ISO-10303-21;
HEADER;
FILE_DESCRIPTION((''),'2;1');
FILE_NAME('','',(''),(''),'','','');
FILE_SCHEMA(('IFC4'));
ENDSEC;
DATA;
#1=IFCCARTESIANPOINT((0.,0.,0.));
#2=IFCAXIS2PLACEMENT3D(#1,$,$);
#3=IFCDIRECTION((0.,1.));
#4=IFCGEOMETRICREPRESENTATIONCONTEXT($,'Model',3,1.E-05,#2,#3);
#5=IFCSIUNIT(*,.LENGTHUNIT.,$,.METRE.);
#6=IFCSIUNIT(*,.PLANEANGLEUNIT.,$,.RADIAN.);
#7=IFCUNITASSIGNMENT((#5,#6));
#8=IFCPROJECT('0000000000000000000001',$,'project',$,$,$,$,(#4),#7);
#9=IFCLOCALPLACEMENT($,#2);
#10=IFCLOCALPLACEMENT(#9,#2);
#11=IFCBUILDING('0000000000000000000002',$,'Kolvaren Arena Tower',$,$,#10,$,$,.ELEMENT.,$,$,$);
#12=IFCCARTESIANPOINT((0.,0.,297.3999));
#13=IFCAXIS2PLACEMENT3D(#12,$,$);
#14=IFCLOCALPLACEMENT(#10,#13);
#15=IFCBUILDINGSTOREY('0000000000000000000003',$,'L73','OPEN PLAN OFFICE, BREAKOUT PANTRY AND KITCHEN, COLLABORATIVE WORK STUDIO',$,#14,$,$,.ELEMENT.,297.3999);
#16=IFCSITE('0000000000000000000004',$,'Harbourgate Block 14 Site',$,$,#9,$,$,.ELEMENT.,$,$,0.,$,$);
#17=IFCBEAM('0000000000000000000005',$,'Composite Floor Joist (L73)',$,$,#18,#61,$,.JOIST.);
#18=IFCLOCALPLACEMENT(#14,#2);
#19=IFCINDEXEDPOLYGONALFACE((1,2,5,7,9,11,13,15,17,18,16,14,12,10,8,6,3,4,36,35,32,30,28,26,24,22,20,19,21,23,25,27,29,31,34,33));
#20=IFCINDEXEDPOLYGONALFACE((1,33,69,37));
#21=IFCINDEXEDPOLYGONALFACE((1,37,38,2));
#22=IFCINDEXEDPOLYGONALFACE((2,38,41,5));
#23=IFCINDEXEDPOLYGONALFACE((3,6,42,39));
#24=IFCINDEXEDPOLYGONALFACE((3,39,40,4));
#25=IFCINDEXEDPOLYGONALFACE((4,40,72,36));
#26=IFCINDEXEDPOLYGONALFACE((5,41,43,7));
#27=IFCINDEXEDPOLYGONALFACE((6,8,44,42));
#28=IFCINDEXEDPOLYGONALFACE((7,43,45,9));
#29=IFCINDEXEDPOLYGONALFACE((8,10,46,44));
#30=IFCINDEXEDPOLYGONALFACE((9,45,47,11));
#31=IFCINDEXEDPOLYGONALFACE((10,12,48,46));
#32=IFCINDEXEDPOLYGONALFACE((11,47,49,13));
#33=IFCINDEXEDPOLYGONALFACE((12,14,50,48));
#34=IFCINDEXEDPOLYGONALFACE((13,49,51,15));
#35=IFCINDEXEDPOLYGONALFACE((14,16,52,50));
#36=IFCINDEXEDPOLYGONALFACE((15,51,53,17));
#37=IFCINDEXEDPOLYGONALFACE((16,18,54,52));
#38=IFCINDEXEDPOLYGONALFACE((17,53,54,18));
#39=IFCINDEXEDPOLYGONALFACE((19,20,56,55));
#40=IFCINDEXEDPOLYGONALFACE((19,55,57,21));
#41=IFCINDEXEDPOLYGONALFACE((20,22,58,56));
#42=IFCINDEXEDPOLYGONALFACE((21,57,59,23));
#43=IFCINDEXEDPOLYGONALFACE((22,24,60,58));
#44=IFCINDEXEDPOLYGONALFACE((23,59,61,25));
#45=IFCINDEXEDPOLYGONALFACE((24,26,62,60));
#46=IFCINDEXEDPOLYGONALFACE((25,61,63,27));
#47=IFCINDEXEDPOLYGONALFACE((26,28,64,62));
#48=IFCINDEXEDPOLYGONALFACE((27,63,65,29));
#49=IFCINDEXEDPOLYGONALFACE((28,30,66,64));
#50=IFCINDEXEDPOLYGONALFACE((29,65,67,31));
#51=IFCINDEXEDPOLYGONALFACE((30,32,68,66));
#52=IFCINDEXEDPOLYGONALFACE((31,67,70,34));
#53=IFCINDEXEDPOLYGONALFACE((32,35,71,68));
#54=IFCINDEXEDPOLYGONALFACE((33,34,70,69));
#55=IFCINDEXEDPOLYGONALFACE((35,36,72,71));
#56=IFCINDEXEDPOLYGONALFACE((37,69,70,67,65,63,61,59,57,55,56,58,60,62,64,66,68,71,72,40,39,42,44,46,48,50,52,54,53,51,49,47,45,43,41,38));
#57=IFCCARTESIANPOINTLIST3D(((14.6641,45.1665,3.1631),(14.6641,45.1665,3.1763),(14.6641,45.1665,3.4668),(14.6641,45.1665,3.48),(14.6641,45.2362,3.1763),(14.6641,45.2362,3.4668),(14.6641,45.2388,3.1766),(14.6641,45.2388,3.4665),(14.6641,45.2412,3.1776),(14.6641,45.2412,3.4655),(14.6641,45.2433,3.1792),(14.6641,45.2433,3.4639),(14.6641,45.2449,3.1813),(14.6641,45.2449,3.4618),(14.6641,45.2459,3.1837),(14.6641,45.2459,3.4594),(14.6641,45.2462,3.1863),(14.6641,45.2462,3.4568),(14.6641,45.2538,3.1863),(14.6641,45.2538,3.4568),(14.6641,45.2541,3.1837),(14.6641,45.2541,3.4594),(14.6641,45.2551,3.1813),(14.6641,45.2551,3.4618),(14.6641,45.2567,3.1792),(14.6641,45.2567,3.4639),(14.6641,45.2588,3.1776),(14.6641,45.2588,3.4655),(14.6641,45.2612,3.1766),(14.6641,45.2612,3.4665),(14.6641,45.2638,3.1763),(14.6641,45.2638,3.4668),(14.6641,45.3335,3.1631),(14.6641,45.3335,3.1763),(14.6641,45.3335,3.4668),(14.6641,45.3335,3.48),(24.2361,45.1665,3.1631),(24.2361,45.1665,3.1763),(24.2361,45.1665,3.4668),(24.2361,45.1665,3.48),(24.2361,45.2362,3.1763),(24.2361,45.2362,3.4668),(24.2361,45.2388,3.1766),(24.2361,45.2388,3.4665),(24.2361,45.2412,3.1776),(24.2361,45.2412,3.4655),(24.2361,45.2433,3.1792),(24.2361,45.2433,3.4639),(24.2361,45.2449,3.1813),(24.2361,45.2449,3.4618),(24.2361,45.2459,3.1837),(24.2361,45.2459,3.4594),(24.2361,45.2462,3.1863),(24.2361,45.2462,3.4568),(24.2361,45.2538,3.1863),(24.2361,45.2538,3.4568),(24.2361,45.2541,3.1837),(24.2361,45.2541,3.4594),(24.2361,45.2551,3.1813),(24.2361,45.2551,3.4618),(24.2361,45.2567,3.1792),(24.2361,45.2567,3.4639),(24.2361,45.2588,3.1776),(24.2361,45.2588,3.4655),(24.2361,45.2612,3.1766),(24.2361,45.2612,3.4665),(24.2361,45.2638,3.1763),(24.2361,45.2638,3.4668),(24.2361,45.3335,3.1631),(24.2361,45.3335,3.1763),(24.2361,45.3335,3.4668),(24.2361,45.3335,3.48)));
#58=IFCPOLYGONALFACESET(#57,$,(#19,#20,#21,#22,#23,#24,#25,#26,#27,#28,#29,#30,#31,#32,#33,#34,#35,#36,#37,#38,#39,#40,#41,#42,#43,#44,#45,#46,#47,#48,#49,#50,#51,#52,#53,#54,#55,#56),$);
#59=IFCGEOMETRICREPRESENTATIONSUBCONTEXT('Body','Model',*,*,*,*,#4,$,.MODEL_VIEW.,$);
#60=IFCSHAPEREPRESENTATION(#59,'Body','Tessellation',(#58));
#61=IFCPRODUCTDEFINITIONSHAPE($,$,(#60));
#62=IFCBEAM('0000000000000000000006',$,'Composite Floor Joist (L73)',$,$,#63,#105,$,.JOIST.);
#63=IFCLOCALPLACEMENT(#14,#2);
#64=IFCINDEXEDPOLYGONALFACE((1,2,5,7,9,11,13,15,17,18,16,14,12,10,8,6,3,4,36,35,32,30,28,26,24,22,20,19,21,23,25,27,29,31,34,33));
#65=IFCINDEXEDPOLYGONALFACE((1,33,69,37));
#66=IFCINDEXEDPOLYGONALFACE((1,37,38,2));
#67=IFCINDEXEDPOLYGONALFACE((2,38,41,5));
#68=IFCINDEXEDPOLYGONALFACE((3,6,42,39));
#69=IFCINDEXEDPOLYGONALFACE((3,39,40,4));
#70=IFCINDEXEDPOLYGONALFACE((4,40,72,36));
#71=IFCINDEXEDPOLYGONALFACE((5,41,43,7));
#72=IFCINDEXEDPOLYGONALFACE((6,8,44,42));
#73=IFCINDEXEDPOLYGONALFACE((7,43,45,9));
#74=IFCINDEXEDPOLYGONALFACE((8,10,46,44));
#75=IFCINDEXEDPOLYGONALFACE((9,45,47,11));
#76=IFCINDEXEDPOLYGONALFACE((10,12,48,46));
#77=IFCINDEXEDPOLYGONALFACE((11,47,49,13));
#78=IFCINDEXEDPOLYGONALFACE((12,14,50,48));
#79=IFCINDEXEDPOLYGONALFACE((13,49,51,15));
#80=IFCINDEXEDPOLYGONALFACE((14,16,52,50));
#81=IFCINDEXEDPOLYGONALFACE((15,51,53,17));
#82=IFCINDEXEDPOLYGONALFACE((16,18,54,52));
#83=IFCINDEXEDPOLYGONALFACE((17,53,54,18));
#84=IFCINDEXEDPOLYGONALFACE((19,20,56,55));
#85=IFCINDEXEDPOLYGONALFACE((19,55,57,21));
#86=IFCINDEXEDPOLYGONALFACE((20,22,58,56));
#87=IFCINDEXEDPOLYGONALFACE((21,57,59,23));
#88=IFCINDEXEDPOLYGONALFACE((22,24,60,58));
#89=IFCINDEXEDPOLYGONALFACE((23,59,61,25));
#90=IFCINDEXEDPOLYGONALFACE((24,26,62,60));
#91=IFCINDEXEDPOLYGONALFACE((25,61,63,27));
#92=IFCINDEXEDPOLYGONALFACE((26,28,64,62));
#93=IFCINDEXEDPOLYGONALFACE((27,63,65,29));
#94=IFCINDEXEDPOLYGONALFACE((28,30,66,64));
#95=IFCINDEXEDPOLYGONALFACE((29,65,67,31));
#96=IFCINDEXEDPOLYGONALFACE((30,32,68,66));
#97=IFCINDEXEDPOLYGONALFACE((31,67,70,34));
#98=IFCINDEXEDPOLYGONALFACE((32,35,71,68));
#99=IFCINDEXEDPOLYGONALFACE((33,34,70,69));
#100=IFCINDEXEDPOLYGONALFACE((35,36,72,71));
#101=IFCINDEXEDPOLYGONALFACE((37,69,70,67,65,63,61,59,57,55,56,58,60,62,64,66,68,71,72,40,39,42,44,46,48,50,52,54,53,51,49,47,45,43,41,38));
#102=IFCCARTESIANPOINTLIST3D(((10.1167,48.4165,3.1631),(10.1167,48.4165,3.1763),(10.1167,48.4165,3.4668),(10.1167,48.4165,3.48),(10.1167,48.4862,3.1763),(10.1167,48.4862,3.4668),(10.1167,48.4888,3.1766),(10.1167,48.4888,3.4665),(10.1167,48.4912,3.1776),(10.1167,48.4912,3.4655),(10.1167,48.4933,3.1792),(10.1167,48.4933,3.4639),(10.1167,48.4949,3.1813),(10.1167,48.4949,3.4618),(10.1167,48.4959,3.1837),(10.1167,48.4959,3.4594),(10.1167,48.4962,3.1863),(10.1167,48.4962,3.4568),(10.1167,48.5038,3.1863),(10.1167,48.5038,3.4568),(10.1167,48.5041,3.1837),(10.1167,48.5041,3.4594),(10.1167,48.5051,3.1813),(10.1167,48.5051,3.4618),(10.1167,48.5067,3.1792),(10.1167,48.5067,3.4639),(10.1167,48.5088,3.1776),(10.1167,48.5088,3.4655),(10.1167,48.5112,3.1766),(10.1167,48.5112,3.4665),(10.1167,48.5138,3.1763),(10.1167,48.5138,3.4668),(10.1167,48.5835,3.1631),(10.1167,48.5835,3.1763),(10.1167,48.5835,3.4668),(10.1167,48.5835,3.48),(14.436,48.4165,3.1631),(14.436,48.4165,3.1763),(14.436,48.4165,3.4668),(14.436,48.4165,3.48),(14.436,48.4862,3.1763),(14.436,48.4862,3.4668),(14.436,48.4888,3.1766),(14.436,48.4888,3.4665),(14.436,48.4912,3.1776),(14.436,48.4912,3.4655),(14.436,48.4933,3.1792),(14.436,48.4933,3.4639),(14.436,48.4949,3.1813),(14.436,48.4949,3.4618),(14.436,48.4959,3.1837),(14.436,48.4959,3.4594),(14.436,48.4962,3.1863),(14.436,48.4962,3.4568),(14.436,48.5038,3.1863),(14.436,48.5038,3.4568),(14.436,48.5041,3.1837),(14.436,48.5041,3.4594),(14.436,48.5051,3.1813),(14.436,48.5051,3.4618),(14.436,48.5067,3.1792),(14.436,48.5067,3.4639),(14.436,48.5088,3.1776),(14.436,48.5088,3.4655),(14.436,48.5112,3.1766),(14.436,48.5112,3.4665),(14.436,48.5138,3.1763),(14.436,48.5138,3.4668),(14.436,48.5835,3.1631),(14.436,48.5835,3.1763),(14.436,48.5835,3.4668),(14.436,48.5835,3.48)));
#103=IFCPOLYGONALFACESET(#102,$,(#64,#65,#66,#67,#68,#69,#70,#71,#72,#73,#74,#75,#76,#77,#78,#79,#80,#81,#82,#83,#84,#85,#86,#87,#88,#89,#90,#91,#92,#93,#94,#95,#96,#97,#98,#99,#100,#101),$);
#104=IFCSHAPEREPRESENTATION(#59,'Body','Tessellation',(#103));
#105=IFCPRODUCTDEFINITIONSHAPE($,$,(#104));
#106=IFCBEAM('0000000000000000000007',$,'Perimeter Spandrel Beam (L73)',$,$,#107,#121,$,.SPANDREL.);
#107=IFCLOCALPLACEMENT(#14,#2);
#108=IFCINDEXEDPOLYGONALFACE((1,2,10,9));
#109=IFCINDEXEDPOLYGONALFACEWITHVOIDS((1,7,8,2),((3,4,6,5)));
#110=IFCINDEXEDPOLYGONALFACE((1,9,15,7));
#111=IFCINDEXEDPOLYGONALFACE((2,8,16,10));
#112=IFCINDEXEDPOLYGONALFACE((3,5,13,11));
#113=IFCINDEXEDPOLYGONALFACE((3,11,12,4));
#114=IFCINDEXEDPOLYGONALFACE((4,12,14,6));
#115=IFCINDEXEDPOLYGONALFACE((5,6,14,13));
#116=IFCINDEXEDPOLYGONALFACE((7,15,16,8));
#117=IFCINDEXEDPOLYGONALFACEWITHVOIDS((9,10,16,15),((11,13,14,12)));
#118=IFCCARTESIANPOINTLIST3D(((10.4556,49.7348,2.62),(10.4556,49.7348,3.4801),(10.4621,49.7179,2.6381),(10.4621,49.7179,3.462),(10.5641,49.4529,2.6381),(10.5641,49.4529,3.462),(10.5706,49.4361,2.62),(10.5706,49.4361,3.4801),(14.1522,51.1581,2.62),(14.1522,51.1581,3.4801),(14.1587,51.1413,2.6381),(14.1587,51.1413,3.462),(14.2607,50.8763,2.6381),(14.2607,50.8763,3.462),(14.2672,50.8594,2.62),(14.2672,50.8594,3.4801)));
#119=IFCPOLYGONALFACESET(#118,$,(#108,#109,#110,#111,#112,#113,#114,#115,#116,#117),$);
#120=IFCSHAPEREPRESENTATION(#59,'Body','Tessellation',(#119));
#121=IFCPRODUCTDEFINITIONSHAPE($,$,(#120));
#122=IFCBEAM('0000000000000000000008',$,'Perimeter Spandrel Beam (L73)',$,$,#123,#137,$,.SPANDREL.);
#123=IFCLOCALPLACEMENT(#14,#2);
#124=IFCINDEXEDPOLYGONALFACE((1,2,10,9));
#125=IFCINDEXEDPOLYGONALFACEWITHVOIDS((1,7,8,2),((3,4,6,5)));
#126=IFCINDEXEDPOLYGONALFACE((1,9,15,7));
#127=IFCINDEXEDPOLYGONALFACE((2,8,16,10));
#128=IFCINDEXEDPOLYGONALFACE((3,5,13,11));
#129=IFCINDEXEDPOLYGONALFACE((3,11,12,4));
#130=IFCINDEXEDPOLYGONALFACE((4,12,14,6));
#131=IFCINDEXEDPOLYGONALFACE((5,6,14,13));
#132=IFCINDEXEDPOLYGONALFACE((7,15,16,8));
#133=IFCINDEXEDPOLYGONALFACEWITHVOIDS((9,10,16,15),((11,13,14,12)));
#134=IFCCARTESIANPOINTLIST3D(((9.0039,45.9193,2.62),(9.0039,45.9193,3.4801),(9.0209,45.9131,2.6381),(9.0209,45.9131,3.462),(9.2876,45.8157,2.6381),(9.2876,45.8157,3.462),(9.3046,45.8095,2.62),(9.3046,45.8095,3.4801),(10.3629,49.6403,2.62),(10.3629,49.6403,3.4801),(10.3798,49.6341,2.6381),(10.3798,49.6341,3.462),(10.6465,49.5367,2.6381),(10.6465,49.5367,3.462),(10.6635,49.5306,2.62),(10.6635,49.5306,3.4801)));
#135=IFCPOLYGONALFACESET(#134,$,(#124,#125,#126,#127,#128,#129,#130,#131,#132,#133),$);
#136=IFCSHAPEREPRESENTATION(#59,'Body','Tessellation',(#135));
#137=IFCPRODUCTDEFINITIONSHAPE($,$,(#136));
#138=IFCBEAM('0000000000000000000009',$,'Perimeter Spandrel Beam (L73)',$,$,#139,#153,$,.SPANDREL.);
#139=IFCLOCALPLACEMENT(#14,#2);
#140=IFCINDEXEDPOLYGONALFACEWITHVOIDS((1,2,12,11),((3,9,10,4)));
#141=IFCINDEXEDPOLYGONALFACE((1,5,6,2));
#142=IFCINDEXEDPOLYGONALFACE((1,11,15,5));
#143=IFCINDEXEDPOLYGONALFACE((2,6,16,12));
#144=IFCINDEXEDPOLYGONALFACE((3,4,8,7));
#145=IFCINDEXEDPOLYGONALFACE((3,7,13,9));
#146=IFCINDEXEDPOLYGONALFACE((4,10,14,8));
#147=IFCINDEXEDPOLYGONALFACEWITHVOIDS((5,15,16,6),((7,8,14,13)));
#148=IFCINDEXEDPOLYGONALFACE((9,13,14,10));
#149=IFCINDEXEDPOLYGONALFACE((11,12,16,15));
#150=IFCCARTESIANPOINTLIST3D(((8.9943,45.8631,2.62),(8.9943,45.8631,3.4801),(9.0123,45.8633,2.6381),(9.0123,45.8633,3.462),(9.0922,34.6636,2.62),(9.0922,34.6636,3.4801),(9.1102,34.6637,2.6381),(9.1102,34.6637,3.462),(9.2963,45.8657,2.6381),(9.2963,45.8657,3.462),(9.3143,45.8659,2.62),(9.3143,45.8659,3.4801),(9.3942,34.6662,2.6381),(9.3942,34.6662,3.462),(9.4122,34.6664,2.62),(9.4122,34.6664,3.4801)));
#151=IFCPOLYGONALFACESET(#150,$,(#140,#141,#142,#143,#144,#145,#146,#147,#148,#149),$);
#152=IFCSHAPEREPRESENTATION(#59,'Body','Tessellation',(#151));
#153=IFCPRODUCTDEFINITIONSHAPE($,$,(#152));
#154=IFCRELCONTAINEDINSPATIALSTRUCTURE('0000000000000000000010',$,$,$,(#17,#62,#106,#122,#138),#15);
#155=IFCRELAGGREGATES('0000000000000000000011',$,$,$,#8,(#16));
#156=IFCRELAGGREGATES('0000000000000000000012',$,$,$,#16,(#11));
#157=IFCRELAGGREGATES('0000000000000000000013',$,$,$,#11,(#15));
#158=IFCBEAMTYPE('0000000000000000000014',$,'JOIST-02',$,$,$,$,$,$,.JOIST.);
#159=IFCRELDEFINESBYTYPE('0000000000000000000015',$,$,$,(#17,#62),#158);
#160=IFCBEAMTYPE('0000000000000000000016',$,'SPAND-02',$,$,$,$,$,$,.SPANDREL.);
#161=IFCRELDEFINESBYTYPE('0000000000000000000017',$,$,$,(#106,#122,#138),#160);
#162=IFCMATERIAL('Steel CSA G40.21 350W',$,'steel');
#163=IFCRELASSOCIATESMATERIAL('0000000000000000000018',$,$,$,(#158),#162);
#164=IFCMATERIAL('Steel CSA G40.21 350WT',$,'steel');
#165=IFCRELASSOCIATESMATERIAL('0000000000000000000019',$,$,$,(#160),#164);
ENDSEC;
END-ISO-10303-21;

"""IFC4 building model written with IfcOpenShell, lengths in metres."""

from ifc_helpers import new_model, si_unit, direction, frame, origin, origin_2d, place, context, subcontext, project, spatial, hollow_rectangle, i_section, extrude, material, material_profile, profile_set, type_object, element, save


model = new_model("IFC4")

# Units and contexts
model_context = context("Model", 3, precision=1e-05, world=origin(), true_north=direction((0.0, 1.0)))
body_context = subcontext(model_context, "Body", "Model", "MODEL_VIEW")
ifc_project = project(units=[si_unit("LENGTHUNIT", "METRE"), si_unit("PLANEANGLEUNIT", "RADIAN")], contexts=[model_context])

# Site, building, storey
site_placement = place(None, origin())
site = spatial("IfcSite", under=ifc_project, at=site_placement, Name="Harbourgate Block 14 Site", CompositionType="ELEMENT", RefElevation=0.0)
building_placement = place(site_placement, origin())
building = spatial("IfcBuilding", under=site, at=building_placement, Name="Kolvaren Arena Tower", CompositionType="ELEMENT")
storey_placement = place(building_placement, frame((0.0, 0.0, 297.3999)))
storey = spatial("IfcBuildingStorey", under=building, at=storey_placement, Name="L73", Description="OPEN PLAN OFFICE, BREAKOUT PANTRY AND KITCHEN, COLLABORATIVE WORK STUDIO", CompositionType="ELEMENT", Elevation=297.3999)

# Beams
ifc_material_1 = material(Name="Steel CSA G40.21 350W", Category="steel")
ifc_material_profile_1 = material_profile(ifc_material_1, i_section(OverallWidth=0.167, OverallDepth=0.3169, WebThickness=0.0076, FlangeThickness=0.0132, FilletRadius=0.01, at=origin_2d()), Name="W310x52")
ifc_profile_set_1 = profile_set([ifc_material_profile_1], Name="Steel CSA G40.21 350W")
beam_type_1 = type_object("IfcBeamType", Name="JOIST-02", PredefinedType="JOIST", material=ifc_profile_set_1)
beam_1_placement = place(storey_placement, frame((14.6641, 45.25, 3.3215), z_axis=(1.0, 0.0, 0.0), x_axis=(0.0, 1.0, 0.0)))
element("IfcBeam", 1, at=beam_1_placement, inside=storey, type_object=beam_type_1, Name="Composite Floor Joist (L73)", PredefinedType="JOIST", context=body_context, shape_type="SweptSolid", body=[
    extrude(i_section(OverallWidth=0.167, OverallDepth=0.3169, WebThickness=0.0076, FlangeThickness=0.0132, FilletRadius=0.01, at=origin_2d()), origin(), (0.0, 0.0, 1.0), 9.572),
])
beam_2_placement = place(storey_placement, frame((10.1167, 48.5, 3.3215), z_axis=(1.0, 0.0, 0.0), x_axis=(0.0, 1.0, 0.0)))
element("IfcBeam", 2, at=beam_2_placement, inside=storey, type_object=beam_type_1, Name="Composite Floor Joist (L73)", PredefinedType="JOIST", context=body_context, shape_type="SweptSolid", body=[
    extrude(i_section(OverallWidth=0.167, OverallDepth=0.3169, WebThickness=0.0076, FlangeThickness=0.0132, FilletRadius=0.01, at=origin_2d()), origin(), (0.0, 0.0, 1.0), 4.3193),
])
ifc_material_2 = material(Name="Steel CSA G40.21 350WT", Category="steel")
ifc_material_profile_2 = material_profile(ifc_material_2, hollow_rectangle(XDim=0.3201, YDim=0.8601, WallThickness=0.0181, at=origin_2d()), Name="HSS 860x320x18")
ifc_profile_set_2 = profile_set([ifc_material_profile_2], Name="Steel CSA G40.21 350WT")
beam_type_2 = type_object("IfcBeamType", Name="SPAND-02", PredefinedType="SPANDREL", material=ifc_profile_set_2)
beam_3_placement = place(storey_placement, frame((14.2097, 51.0088, 3.05), z_axis=(-0.933211, -0.35933, 0.0), x_axis=(0.35933, -0.933211, 0.0)))
element("IfcBeam", 3, at=beam_3_placement, inside=storey, type_object=beam_type_2, Name="Perimeter Spandrel Beam (L73)", PredefinedType="SPANDREL", context=body_context, shape_type="SweptSolid", body=[
    extrude(hollow_rectangle(XDim=0.3201, YDim=0.8601, WallThickness=0.0181, at=origin_2d()), origin(), (0.0, 0.0, 1.0), 3.9612),
])
beam_4_placement = place(storey_placement, frame((10.5132, 49.5854, 3.05), z_axis=(-0.343039, -0.939321, 0.0), x_axis=(0.939321, -0.343039, 0.0)))
element("IfcBeam", 4, at=beam_4_placement, inside=storey, type_object=beam_type_2, Name="Perimeter Spandrel Beam (L73)", PredefinedType="SPANDREL", context=body_context, shape_type="SweptSolid", body=[
    extrude(hollow_rectangle(XDim=0.3201, YDim=0.8601, WallThickness=0.0181, at=origin_2d()), origin(), (0.0, 0.0, 1.0), 3.9614),
])
beam_5_placement = place(storey_placement, frame((9.1543, 45.8645, 3.05), z_axis=(0.008741, -0.999962, 0.0), x_axis=(0.999962, 0.008741, 0.0)))
element("IfcBeam", 5, at=beam_5_placement, inside=storey, type_object=beam_type_2, Name="Perimeter Spandrel Beam (L73)", PredefinedType="SPANDREL", context=body_context, shape_type="SweptSolid", body=[
    extrude(hollow_rectangle(XDim=0.3201, YDim=0.8601, WallThickness=0.0181, at=origin_2d()), origin(), (0.0, 0.0, 1.0), 11.2),
])

save(model, "model.ifc")
